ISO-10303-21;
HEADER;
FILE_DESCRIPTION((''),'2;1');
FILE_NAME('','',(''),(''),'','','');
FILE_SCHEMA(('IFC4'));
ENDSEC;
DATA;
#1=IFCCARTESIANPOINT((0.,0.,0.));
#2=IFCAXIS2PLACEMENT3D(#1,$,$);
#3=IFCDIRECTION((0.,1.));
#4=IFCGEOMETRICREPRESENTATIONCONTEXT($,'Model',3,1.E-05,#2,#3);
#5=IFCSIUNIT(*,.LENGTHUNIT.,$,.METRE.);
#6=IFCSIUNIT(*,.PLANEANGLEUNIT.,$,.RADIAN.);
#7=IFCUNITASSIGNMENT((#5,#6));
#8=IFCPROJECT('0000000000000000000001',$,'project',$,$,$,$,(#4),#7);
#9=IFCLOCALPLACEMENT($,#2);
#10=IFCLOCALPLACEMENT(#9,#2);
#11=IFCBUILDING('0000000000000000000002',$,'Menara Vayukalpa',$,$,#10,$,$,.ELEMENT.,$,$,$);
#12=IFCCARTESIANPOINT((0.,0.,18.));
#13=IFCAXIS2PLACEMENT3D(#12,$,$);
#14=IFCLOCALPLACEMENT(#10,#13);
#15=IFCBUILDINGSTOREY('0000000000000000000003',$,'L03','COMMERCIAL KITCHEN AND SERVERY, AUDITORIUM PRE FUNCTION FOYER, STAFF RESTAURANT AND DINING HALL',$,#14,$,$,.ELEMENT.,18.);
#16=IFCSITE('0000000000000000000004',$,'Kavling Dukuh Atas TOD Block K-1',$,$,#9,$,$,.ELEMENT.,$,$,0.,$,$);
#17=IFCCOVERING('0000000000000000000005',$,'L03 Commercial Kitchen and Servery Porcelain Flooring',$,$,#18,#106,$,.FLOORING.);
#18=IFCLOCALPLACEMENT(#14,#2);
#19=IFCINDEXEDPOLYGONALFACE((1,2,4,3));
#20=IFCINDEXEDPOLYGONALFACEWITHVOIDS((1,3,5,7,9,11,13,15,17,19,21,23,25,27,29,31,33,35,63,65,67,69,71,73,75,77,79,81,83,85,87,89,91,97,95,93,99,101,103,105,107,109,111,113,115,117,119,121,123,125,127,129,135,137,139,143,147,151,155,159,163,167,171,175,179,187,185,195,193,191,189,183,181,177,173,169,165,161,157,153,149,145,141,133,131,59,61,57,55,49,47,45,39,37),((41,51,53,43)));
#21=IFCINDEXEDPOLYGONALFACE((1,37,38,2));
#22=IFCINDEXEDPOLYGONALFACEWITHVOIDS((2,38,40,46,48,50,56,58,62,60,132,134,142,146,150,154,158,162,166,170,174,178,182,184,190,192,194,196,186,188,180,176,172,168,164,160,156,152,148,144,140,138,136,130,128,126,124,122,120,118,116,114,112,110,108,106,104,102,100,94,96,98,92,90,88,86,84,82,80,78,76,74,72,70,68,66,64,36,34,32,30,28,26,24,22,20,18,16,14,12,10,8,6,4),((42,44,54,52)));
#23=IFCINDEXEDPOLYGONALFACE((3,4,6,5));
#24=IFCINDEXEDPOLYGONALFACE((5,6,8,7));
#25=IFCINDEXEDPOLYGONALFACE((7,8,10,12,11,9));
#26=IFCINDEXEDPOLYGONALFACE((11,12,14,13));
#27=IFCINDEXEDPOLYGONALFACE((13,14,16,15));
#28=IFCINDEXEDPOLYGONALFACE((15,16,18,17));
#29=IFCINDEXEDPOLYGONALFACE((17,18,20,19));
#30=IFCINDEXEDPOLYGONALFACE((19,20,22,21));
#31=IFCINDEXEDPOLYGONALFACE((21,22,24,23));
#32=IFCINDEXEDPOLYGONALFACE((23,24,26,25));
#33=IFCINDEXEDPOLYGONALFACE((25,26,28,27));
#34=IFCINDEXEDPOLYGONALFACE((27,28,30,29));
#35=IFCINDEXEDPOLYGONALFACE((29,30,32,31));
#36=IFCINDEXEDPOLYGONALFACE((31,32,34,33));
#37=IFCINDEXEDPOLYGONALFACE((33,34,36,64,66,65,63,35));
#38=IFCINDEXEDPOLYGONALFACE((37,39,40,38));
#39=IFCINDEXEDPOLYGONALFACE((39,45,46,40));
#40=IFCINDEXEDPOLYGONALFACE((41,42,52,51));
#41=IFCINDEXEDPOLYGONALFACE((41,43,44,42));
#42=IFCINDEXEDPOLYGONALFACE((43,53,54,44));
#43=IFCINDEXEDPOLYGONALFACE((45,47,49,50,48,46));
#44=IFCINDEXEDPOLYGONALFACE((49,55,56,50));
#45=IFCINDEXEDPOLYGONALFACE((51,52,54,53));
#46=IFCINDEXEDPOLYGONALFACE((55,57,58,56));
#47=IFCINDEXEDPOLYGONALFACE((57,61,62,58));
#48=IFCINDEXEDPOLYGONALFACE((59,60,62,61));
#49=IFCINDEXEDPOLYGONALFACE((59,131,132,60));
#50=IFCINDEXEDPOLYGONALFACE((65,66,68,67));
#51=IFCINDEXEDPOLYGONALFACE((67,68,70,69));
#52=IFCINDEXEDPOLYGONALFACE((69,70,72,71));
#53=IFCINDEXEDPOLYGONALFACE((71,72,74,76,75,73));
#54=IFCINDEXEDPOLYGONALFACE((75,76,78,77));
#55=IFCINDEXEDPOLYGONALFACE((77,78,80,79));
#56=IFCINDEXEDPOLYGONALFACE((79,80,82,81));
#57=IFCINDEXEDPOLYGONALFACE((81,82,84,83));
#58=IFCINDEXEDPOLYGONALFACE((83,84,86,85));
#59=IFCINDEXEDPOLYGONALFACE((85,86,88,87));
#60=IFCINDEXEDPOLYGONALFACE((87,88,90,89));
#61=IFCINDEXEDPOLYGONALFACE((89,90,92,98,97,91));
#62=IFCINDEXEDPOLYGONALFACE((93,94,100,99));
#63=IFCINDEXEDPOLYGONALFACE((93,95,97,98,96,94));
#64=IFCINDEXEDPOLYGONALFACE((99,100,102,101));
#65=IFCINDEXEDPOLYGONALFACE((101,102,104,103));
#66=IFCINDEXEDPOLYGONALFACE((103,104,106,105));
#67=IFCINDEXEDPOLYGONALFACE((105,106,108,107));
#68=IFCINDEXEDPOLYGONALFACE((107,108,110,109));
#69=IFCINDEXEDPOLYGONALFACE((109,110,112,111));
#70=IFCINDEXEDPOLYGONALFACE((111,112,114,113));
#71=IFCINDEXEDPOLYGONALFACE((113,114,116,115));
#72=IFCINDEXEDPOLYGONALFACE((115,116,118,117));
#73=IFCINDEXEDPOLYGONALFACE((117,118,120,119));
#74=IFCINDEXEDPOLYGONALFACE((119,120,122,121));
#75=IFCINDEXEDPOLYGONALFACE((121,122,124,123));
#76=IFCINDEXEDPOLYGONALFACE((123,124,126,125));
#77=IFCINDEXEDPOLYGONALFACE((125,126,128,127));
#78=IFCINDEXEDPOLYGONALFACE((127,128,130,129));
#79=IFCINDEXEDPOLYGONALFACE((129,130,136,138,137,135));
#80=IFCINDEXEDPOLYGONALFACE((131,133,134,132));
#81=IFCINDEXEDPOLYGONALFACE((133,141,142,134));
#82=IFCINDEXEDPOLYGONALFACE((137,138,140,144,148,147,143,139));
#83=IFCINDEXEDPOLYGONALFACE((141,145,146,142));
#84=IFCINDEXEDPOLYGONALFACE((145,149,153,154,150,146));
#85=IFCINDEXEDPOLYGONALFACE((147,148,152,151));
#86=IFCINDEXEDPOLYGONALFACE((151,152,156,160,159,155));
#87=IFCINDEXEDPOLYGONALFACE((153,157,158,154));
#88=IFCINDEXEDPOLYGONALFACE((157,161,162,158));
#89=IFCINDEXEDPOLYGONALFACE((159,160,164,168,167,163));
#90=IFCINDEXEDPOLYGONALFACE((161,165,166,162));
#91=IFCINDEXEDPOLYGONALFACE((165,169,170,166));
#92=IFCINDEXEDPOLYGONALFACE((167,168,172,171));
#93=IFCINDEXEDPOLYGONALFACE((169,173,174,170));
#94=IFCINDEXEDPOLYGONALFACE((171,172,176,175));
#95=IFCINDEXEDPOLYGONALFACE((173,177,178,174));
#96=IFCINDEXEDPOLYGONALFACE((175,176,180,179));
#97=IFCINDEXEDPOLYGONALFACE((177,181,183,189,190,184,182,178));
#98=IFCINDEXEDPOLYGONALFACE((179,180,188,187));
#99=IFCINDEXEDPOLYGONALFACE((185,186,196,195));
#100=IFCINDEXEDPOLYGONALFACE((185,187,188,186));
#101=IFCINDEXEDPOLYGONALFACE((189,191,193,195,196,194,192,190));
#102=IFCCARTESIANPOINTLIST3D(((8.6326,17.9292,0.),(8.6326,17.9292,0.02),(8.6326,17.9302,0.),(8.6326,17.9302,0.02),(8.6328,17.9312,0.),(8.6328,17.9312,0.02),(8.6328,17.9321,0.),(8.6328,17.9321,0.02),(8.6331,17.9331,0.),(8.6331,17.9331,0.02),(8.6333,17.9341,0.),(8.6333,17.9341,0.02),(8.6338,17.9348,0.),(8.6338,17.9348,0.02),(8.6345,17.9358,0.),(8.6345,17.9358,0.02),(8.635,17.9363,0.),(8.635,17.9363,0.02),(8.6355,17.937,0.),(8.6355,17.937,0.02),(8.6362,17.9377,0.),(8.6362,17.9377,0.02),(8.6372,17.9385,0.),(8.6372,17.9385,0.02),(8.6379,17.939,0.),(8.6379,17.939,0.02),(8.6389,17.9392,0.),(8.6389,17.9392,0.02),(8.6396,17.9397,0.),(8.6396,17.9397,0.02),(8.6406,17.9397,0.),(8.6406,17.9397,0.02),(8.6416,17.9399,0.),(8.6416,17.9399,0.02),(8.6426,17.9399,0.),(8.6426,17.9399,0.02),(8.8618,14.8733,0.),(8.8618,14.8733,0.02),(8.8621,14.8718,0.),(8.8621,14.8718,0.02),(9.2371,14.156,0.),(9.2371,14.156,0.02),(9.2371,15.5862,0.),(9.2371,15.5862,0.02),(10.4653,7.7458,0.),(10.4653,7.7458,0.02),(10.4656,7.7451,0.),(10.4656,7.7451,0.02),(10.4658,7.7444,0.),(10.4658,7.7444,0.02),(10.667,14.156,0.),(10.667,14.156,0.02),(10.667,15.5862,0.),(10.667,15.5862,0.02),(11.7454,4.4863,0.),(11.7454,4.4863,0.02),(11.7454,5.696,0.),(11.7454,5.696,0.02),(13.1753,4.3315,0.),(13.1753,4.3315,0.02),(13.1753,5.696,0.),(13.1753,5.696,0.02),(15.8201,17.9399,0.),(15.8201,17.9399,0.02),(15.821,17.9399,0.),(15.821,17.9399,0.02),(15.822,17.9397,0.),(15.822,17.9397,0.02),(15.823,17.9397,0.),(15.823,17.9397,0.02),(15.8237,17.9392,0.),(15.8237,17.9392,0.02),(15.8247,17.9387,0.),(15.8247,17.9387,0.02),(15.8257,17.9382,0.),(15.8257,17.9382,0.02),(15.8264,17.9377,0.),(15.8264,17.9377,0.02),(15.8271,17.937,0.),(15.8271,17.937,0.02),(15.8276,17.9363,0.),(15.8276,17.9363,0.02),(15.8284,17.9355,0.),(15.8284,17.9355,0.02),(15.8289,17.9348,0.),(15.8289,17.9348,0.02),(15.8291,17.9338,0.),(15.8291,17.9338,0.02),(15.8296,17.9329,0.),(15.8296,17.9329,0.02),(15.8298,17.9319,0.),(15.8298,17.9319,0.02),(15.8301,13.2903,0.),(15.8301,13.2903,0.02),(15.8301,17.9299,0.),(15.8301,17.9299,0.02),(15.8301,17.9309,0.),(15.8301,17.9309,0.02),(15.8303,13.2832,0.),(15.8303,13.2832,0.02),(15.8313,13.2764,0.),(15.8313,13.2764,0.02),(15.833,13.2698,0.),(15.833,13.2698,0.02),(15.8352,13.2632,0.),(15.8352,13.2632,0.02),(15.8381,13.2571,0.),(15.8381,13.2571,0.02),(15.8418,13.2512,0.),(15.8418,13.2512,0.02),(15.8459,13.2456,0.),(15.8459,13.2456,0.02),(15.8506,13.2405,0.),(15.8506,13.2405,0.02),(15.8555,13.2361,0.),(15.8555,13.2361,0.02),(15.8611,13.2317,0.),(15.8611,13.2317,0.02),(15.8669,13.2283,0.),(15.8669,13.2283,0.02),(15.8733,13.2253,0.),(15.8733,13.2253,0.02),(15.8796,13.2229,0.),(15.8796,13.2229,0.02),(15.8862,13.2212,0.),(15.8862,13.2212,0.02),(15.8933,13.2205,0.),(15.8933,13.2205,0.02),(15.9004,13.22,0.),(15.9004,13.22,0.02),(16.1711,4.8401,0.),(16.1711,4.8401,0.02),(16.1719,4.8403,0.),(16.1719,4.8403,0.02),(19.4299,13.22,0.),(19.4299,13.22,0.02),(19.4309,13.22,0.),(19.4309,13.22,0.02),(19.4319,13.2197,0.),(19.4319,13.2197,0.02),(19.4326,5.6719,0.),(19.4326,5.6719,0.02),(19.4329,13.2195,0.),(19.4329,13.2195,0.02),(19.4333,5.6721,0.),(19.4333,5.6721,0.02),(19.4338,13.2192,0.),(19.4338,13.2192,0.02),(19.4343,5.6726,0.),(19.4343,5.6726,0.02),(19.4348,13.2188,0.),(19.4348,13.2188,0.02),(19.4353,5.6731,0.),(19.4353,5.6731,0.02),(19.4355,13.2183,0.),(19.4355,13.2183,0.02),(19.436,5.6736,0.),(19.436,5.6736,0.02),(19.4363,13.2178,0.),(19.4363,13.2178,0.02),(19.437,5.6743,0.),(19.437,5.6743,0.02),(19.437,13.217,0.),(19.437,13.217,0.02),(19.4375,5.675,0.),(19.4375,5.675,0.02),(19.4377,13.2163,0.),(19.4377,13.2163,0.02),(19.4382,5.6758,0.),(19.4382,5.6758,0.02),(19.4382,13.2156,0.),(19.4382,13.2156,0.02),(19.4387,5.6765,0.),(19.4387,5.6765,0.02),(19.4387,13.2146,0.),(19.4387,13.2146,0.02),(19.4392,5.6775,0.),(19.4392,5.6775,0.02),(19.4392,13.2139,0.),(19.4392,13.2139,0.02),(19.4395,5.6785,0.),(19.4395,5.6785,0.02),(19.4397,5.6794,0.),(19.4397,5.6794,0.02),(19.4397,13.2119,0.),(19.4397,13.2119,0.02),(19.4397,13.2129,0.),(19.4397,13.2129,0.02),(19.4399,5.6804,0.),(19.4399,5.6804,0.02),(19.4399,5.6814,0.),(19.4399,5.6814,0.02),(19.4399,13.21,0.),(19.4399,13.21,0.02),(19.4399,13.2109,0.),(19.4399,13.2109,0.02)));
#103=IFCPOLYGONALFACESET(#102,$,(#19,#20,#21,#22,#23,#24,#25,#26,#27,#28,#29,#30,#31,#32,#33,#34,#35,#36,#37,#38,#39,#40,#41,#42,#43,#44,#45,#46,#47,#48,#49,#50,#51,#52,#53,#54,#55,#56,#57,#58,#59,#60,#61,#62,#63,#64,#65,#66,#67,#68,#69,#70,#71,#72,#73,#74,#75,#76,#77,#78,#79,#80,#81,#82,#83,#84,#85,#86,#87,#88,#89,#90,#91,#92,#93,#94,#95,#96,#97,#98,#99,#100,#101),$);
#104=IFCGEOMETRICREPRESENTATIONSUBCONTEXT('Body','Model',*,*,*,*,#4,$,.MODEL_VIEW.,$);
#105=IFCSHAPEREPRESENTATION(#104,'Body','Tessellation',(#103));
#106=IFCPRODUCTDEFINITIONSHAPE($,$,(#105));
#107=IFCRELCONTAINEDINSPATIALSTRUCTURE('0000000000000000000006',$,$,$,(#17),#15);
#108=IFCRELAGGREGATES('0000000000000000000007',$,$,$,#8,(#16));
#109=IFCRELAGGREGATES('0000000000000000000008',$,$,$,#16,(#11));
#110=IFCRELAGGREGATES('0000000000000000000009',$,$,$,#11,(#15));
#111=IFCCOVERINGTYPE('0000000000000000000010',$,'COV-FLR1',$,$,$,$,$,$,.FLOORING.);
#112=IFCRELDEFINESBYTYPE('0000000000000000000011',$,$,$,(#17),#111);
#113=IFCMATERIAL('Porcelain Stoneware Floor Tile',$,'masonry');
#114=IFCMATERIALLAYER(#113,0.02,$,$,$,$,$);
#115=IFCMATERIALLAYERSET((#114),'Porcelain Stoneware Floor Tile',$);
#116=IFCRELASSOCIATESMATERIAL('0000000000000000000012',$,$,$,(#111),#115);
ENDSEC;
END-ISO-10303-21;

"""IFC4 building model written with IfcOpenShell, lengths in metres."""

from ifc_helpers import new_model, si_unit, direction, frame, origin, place, context, subcontext, project, spatial, polyline, outline, extrude, material, layer, layer_set, type_object, element, save


model = new_model("IFC4")

# Units and contexts
model_context = context("Model", 3, precision=1e-05, world=origin(), true_north=direction((0.0, 1.0)))
body_context = subcontext(model_context, "Body", "Model", "MODEL_VIEW")
ifc_project = project(units=[si_unit("LENGTHUNIT", "METRE"), si_unit("PLANEANGLEUNIT", "RADIAN")], contexts=[model_context])

# Site, building, storey
site_placement = place(None, origin())
site = spatial("IfcSite", under=ifc_project, at=site_placement, Name="Kavling Dukuh Atas TOD Block K-1", CompositionType="ELEMENT", RefElevation=0.0)
building_placement = place(site_placement, origin())
building = spatial("IfcBuilding", under=site, at=building_placement, Name="Menara Vayukalpa", CompositionType="ELEMENT")
storey_placement = place(building_placement, frame((0.0, 0.0, 18.0)))
storey = spatial("IfcBuildingStorey", under=building, at=storey_placement, Name="L03", Description="COMMERCIAL KITCHEN AND SERVERY, AUDITORIUM PRE FUNCTION FOYER, STAFF RESTAURANT AND DINING HALL", CompositionType="ELEMENT", Elevation=18.0)

# Covering
ifc_material_1 = material(Name="Porcelain Stoneware Floor Tile", Category="masonry")
ifc_layer_1 = layer(ifc_material_1, 0.02)
ifc_layer_set_1 = layer_set([ifc_layer_1], Name="Porcelain Stoneware Floor Tile")
covering_type_1 = type_object("IfcCoveringType", Name="COV-FLR1", PredefinedType="FLOORING", material=ifc_layer_set_1)
covering_1_placement = place(storey_placement, origin())
element("IfcCovering", 1, at=covering_1_placement, inside=storey, type_object=covering_type_1, Name="L03 Commercial Kitchen and Servery Porcelain Flooring", PredefinedType="FLOORING", context=body_context, shape_type="SweptSolid", body=[
    extrude(outline(polyline([(10.4658, 7.7444), (10.4656, 7.7451), (10.4653, 7.7458), (8.8621, 14.8718), (8.8618, 14.8733), (8.6326, 17.9292), (8.6326, 17.9302), (8.6328, 17.9312), (8.6328, 17.9321), (8.6331, 17.9331), (8.6333, 17.9341), (8.6338, 17.9348), (8.6345, 17.9358), (8.635, 17.9363), (8.6355, 17.937), (8.6362, 17.9377), (8.6372, 17.9385), (8.6379, 17.939), (8.6389, 17.9392), (8.6396, 17.9397), (8.6406, 17.9397), (8.6416, 17.9399), (8.6426, 17.9399), (15.8201, 17.9399), (15.821, 17.9399), (15.822, 17.9397), (15.823, 17.9397), (15.8237, 17.9392), (15.8247, 17.9387), (15.8257, 17.9382), (15.8264, 17.9377), (15.8271, 17.937), (15.8276, 17.9363), (15.8284, 17.9355), (15.8289, 17.9348), (15.8291, 17.9338), (15.8296, 17.9329), (15.8298, 17.9319), (15.8301, 17.9309), (15.8301, 17.9299), (15.8301, 13.2903), (15.8303, 13.2832), (15.8313, 13.2764), (15.833, 13.2698), (15.8352, 13.2632), (15.8381, 13.2571), (15.8418, 13.2512), (15.8459, 13.2456), (15.8506, 13.2405), (15.8555, 13.2361), (15.8611, 13.2317), (15.8669, 13.2283), (15.8733, 13.2253), (15.8796, 13.2229), (15.8862, 13.2212), (15.8933, 13.2205), (15.9004, 13.22), (19.4299, 13.22), (19.4309, 13.22), (19.4319, 13.2197), (19.4329, 13.2195), (19.4338, 13.2192), (19.4348, 13.2188), (19.4355, 13.2183), (19.4363, 13.2178), (19.437, 13.217), (19.4377, 13.2163), (19.4382, 13.2156), (19.4387, 13.2146), (19.4392, 13.2139), (19.4397, 13.2129), (19.4397, 13.2119), (19.4399, 13.2109), (19.4399, 13.21), (19.4399, 5.6814), (19.4399, 5.6804), (19.4397, 5.6794), (19.4395, 5.6785), (19.4392, 5.6775), (19.4387, 5.6765), (19.4382, 5.6758), (19.4375, 5.675), (19.437, 5.6743), (19.436, 5.6736), (19.4353, 5.6731), (19.4343, 5.6726), (19.4333, 5.6721), (19.4326, 5.6719), (16.1719, 4.8403), (16.1711, 4.8401), (13.1753, 4.3315), (13.1753, 5.696), (11.7454, 5.696), (11.7454, 4.4863), (10.4658, 7.7444)]), holes=[polyline([(10.667, 15.5862), (9.2371, 15.5862), (9.2371, 14.156), (10.667, 14.156), (10.667, 15.5862)])]), origin(), (0.0, 0.0, 1.0), 0.02),
])

save(model, "model.ifc")
